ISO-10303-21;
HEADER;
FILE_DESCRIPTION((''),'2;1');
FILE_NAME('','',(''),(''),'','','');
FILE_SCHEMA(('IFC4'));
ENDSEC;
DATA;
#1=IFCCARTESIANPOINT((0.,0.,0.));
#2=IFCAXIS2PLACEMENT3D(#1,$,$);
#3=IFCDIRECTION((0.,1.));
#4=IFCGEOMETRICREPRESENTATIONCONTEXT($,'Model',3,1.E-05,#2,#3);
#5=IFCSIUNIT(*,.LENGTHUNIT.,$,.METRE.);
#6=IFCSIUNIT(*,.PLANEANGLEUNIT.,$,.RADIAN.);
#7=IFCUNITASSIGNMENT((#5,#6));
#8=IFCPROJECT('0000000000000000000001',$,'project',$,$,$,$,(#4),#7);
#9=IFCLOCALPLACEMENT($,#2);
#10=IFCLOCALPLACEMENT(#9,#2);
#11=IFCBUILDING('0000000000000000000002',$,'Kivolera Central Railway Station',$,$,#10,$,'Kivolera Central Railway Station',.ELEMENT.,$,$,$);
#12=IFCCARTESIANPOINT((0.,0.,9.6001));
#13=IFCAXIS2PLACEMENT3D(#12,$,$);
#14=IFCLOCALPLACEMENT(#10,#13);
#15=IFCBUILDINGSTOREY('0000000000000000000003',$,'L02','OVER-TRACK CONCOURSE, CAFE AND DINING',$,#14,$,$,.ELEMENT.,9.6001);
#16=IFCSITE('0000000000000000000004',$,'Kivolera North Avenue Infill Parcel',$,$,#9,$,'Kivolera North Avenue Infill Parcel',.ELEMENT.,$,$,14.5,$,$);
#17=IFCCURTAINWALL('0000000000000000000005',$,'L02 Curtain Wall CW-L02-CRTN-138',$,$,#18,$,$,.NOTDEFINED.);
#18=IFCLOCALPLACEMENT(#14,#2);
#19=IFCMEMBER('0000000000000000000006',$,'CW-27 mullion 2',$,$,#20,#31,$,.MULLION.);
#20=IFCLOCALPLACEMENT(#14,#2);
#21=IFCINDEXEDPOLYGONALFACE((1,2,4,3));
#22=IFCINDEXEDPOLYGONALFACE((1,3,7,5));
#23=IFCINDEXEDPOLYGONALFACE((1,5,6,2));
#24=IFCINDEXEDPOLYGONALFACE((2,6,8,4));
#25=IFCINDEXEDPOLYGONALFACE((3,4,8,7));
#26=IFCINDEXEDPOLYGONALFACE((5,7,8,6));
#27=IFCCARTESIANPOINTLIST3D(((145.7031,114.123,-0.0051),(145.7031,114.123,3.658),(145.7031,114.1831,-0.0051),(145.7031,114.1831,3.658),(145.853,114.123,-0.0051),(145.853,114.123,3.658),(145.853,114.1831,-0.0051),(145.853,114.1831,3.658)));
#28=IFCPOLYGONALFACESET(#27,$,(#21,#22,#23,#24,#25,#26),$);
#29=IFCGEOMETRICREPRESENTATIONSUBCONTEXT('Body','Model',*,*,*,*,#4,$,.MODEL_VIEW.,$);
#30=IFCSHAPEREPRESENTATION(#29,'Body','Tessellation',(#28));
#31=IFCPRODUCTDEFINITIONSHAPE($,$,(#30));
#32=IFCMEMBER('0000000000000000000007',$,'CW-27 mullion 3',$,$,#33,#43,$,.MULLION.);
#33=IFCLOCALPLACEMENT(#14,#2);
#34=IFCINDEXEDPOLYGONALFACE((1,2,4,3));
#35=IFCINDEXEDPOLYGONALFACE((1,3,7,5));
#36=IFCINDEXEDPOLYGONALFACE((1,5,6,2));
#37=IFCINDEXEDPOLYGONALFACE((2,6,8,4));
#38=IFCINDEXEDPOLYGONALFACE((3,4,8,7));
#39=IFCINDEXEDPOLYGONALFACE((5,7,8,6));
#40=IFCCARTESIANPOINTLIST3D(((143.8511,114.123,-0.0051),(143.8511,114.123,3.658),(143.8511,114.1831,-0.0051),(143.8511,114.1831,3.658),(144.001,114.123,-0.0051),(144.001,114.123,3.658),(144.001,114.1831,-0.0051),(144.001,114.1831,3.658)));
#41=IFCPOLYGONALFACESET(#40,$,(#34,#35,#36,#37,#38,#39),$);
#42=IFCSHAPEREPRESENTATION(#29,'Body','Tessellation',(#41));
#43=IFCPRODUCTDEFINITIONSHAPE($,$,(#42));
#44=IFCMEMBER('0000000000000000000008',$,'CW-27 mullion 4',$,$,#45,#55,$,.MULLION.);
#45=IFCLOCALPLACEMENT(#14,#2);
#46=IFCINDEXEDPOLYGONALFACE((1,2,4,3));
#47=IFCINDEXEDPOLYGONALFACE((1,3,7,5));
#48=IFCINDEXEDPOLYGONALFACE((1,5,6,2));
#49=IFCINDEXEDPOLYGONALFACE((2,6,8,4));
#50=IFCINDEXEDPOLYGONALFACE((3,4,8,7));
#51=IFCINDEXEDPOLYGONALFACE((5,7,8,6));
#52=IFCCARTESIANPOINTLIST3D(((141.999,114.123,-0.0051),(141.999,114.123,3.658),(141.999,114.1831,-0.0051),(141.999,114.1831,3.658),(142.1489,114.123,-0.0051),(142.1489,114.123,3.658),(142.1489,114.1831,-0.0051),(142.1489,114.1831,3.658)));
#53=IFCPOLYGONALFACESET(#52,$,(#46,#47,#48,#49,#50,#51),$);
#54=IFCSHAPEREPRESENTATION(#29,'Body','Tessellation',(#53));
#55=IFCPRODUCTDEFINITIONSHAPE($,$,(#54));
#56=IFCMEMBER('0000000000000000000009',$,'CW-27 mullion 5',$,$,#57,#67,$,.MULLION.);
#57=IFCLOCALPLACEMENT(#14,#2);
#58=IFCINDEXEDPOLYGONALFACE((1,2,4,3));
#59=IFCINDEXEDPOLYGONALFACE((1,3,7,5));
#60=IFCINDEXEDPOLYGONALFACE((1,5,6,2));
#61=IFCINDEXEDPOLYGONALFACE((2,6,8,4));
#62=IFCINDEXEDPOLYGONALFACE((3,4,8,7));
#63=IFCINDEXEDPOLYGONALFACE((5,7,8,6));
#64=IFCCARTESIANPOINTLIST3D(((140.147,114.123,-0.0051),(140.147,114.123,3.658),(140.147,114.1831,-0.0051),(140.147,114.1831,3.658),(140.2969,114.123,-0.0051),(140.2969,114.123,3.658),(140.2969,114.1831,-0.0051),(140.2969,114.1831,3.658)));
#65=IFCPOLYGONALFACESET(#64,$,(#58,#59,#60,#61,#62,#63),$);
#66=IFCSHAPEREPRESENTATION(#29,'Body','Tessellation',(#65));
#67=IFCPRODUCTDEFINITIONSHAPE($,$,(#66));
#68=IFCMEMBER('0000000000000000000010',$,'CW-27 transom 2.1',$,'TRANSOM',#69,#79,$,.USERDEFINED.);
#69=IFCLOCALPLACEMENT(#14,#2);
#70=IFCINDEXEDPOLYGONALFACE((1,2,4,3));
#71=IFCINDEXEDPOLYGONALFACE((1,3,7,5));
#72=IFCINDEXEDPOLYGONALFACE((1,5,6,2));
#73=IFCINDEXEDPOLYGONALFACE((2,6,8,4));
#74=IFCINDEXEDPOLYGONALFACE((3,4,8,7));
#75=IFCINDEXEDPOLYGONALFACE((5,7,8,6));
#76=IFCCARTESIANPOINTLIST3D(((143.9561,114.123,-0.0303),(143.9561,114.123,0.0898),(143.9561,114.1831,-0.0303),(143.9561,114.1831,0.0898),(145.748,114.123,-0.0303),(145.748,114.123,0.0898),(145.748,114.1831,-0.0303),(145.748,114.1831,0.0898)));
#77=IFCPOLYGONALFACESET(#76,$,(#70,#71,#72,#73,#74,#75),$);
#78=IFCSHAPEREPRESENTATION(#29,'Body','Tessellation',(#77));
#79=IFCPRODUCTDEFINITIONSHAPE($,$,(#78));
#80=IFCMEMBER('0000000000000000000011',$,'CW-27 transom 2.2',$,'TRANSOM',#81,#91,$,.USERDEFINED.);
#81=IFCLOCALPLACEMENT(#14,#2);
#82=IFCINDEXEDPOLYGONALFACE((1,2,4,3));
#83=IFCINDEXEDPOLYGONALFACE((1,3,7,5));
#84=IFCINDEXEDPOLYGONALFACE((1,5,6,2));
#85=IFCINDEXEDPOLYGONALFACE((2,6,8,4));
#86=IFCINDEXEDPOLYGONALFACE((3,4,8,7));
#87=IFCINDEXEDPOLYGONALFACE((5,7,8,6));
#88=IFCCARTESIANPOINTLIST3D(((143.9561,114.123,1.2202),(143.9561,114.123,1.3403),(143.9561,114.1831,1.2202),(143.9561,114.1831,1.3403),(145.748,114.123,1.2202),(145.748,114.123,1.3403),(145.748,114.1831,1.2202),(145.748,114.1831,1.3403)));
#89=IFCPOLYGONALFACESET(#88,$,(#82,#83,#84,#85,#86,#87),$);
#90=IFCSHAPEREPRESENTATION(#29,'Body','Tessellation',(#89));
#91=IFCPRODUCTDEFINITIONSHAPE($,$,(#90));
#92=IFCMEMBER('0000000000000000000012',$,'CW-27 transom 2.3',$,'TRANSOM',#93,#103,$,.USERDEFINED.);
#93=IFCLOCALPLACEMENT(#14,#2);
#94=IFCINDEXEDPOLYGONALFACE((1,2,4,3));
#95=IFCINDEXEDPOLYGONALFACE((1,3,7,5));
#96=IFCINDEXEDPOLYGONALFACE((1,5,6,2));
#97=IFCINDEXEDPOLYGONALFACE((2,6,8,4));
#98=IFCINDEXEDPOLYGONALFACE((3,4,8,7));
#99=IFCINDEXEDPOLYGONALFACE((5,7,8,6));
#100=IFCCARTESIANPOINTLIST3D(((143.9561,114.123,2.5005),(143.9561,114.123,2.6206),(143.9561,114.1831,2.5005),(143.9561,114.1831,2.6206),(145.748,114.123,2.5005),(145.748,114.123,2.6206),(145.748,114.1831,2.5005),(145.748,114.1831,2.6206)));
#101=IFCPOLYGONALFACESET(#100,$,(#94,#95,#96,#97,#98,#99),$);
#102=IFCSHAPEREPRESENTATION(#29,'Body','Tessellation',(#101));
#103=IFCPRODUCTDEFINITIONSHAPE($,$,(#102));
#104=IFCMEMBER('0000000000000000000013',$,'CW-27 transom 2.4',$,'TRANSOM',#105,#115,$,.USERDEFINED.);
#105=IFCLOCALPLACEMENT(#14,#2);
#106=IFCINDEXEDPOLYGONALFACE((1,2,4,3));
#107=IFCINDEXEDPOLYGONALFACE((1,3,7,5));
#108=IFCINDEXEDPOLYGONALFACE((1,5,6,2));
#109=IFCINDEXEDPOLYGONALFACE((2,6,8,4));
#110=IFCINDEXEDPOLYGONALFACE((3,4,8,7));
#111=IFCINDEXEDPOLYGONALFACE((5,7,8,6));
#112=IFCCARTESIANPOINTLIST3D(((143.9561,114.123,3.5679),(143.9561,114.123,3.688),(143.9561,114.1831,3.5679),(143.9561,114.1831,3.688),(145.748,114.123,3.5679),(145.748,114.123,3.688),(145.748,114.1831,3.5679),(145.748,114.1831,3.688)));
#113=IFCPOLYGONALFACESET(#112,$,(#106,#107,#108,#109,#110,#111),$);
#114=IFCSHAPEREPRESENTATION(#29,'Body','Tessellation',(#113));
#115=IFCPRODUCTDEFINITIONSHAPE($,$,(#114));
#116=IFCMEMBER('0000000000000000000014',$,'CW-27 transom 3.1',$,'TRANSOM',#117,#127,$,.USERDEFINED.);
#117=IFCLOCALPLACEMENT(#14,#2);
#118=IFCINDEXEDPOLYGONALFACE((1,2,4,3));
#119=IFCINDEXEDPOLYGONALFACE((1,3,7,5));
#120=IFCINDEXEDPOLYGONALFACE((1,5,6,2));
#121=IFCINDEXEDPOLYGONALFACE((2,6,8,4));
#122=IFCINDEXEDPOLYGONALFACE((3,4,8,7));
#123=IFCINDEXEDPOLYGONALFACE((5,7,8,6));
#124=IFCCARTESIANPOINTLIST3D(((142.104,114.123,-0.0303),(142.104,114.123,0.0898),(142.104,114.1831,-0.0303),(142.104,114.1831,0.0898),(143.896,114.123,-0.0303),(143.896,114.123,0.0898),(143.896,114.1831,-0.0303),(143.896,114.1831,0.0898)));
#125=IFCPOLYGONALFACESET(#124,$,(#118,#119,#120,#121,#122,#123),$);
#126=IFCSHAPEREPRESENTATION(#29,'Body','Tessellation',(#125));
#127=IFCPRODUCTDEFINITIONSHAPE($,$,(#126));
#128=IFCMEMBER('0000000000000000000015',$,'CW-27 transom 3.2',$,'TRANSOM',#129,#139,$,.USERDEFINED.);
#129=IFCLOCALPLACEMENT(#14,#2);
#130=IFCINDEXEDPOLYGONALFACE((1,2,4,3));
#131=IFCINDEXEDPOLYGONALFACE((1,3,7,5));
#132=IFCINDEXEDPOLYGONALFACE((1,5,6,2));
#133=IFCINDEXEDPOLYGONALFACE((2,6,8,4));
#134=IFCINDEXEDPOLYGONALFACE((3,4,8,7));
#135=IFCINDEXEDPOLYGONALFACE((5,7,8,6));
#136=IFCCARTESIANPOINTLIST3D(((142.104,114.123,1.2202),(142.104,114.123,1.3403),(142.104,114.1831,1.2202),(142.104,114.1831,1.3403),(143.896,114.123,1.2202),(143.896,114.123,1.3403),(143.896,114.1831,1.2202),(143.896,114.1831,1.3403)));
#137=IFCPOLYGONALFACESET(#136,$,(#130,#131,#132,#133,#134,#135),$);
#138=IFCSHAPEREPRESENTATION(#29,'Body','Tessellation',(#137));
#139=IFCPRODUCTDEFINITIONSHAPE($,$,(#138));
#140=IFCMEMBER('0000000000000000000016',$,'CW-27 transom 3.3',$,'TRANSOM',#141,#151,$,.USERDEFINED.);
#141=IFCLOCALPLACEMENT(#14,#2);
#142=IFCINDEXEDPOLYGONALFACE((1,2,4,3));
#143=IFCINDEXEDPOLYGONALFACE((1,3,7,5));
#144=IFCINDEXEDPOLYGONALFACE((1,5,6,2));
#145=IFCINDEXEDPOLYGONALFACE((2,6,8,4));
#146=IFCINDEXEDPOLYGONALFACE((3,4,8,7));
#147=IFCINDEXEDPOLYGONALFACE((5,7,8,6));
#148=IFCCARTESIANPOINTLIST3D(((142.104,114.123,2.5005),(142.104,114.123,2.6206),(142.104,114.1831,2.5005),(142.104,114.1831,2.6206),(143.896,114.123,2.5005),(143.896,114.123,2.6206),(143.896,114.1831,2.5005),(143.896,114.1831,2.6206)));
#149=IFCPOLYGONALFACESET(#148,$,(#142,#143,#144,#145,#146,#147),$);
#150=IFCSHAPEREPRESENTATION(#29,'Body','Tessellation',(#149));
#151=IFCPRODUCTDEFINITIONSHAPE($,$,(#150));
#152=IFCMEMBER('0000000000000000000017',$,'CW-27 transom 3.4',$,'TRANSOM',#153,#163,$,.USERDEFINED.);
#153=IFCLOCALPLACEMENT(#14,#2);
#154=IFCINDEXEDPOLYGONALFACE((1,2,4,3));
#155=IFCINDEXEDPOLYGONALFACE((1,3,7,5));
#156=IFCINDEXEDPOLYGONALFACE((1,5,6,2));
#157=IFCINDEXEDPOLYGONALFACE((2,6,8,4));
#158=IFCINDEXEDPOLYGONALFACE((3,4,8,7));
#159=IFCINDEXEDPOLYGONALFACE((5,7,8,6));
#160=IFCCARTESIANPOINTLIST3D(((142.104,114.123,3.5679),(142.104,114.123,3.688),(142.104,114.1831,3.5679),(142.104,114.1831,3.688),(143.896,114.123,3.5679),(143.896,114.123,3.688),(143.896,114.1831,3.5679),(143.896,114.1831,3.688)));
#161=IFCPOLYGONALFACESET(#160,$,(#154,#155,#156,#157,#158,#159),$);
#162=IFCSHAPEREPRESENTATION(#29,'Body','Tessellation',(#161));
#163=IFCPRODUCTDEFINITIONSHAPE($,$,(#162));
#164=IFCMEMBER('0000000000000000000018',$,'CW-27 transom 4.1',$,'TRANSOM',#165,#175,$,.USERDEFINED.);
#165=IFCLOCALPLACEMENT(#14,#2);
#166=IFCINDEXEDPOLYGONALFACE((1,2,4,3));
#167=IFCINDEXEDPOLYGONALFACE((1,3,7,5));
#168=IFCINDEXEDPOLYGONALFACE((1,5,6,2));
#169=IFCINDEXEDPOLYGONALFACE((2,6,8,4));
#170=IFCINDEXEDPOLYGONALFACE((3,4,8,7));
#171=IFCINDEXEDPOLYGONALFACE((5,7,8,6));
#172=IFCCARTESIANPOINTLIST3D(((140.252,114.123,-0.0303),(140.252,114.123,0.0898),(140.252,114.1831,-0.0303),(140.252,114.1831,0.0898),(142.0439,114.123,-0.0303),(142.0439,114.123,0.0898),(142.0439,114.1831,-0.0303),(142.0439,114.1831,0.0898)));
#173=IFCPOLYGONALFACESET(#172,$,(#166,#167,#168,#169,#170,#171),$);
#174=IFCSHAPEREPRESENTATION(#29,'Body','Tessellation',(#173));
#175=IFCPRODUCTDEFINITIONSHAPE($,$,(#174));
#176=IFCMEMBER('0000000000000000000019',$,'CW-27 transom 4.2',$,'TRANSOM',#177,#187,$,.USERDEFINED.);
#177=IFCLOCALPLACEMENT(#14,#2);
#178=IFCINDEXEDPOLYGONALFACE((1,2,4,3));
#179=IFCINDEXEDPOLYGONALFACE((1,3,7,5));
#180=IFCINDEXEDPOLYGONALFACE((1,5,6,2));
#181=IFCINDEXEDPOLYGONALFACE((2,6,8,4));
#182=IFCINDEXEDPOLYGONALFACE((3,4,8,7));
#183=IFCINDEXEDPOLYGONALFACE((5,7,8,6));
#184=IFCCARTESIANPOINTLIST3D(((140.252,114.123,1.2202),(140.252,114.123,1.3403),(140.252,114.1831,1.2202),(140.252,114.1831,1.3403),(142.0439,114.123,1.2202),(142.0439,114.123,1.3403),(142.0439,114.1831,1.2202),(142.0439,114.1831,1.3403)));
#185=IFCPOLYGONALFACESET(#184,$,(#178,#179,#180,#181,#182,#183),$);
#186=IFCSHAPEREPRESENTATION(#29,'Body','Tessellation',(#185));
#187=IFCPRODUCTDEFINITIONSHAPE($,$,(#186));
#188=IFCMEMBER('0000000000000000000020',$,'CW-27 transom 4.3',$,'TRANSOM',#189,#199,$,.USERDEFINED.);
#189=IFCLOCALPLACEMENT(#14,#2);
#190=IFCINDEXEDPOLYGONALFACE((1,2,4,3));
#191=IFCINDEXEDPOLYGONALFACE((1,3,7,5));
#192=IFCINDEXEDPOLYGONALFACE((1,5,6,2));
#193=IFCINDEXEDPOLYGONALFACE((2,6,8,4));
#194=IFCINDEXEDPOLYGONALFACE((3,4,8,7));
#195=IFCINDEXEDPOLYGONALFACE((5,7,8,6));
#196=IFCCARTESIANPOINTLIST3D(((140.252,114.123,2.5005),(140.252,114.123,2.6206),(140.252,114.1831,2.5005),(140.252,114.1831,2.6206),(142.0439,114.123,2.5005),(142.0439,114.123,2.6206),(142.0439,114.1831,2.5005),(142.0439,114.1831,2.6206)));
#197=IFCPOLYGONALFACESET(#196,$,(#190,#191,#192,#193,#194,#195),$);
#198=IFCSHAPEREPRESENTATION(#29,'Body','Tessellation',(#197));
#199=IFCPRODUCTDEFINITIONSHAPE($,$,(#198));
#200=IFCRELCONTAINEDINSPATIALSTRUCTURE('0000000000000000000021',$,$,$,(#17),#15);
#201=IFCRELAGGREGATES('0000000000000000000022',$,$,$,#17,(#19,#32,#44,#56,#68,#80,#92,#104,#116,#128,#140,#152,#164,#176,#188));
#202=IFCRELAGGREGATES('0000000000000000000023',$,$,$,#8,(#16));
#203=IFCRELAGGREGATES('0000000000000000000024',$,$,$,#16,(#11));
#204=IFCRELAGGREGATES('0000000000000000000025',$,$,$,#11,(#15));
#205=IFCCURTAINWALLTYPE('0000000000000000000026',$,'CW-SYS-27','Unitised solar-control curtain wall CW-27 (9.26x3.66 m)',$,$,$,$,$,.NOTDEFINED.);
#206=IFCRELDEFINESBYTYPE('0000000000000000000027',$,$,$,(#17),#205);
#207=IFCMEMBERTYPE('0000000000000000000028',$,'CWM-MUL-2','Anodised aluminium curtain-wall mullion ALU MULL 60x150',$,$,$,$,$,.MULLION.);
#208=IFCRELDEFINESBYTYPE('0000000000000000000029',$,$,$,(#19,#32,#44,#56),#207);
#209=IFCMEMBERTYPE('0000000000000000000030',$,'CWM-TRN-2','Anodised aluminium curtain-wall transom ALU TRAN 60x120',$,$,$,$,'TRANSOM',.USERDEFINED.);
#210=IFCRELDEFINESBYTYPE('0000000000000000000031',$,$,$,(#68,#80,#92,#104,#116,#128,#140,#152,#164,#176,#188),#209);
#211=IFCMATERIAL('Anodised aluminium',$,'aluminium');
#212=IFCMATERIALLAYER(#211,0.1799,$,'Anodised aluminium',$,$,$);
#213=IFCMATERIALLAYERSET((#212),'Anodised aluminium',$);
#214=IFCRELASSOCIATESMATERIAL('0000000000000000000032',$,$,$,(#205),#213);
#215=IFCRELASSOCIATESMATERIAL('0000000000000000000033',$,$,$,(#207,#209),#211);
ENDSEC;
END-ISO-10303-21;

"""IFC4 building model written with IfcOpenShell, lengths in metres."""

from ifc_helpers import new_model, si_unit, direction, frame, origin, origin_2d, place, context, subcontext, project, spatial, rectangle, extrude, material, layer, layer_set, material_profile, profile_set, type_object, element, aggregate, save


model = new_model("IFC4")

# Units and contexts
model_context = context("Model", 3, precision=1e-05, world=origin(), true_north=direction((0.0, 1.0)))
body_context = subcontext(model_context, "Body", "Model", "MODEL_VIEW")
ifc_project = project(units=[si_unit("LENGTHUNIT", "METRE"), si_unit("PLANEANGLEUNIT", "RADIAN")], contexts=[model_context])

# Site, building, storey
site_placement = place(None, origin())
site = spatial("IfcSite", under=ifc_project, at=site_placement, Name="Kivolera North Avenue Infill Parcel", LongName="Kivolera North Avenue Infill Parcel", CompositionType="ELEMENT", RefElevation=14.5)
building_placement = place(site_placement, origin())
building = spatial("IfcBuilding", under=site, at=building_placement, Name="Kivolera Central Railway Station", LongName="Kivolera Central Railway Station", CompositionType="ELEMENT")
storey_placement = place(building_placement, frame((0.0, 0.0, 9.6001)))
storey = spatial("IfcBuildingStorey", under=building, at=storey_placement, Name="L02", Description="OVER-TRACK CONCOURSE, CAFE AND DINING", CompositionType="ELEMENT", Elevation=9.6001)

# Curtain wall, members
ifc_material_1 = material(Name="Anodised aluminium", Category="aluminium")
ifc_layer_1 = layer(ifc_material_1, 0.1799, Name="Anodised aluminium")
ifc_layer_set_1 = layer_set([ifc_layer_1], Name="Anodised aluminium")
curtain_wall_type = type_object("IfcCurtainWallType", Name="CW-SYS-27", Description="Unitised solar-control curtain wall CW-27 (9.26x3.66 m)", PredefinedType="NOTDEFINED", material=ifc_layer_set_1)
curtain_wall_placement = place(storey_placement, origin())
curtain_wall = element("IfcCurtainWall", 1, at=curtain_wall_placement, inside=storey, type_object=curtain_wall_type, Name="L02 Curtain Wall CW-L02-CRTN-138", PredefinedType="NOTDEFINED")
ifc_material_profile_1 = material_profile(ifc_material_1, rectangle(XDim=0.0601, YDim=0.1499, at=origin_2d()), Name="ALU MULL 60x150")
ifc_profile_set_1 = profile_set([ifc_material_profile_1], Name="Anodised aluminium")
member_type_1 = type_object("IfcMemberType", Name="CWM-MUL-2", Description="Anodised aluminium curtain-wall mullion ALU MULL 60x150", PredefinedType="MULLION", material=ifc_profile_set_1)
member_1_placement = place(storey_placement, frame((145.7781, 114.1531, -0.0051), z_axis=(0.0, 0.0, 1.0), x_axis=(0.0, -1.0, 0.0)))
member_1 = element("IfcMember", 2, at=member_1_placement, type_object=member_type_1, Name="CW-27 mullion 2", PredefinedType="MULLION", context=body_context, shape_type="SweptSolid", body=[
    extrude(rectangle(XDim=0.0601, YDim=0.1499, at=origin_2d()), origin(), (0.0, 0.0, 1.0), 3.6631),
])
member_2_placement = place(storey_placement, frame((143.926, 114.1531, -0.0051), z_axis=(0.0, 0.0, 1.0), x_axis=(0.0, -1.0, 0.0)))
member_2 = element("IfcMember", 3, at=member_2_placement, type_object=member_type_1, Name="CW-27 mullion 3", PredefinedType="MULLION", context=body_context, shape_type="SweptSolid", body=[
    extrude(rectangle(XDim=0.0601, YDim=0.1499, at=origin_2d()), origin(), (0.0, 0.0, 1.0), 3.6631),
])
member_3_placement = place(storey_placement, frame((142.074, 114.1531, -0.0051), z_axis=(0.0, 0.0, 1.0), x_axis=(0.0, -1.0, 0.0)))
member_3 = element("IfcMember", 4, at=member_3_placement, type_object=member_type_1, Name="CW-27 mullion 4", PredefinedType="MULLION", context=body_context, shape_type="SweptSolid", body=[
    extrude(rectangle(XDim=0.0601, YDim=0.1499, at=origin_2d()), origin(), (0.0, 0.0, 1.0), 3.6631),
])
member_4_placement = place(storey_placement, frame((140.2219, 114.1531, -0.0051), z_axis=(0.0, 0.0, 1.0), x_axis=(0.0, -1.0, 0.0)))
member_4 = element("IfcMember", 5, at=member_4_placement, type_object=member_type_1, Name="CW-27 mullion 5", PredefinedType="MULLION", context=body_context, shape_type="SweptSolid", body=[
    extrude(rectangle(XDim=0.0601, YDim=0.1499, at=origin_2d()), origin(), (0.0, 0.0, 1.0), 3.6631),
])
ifc_material_profile_2 = material_profile(ifc_material_1, rectangle(XDim=0.0601, YDim=0.1201, at=origin_2d()), Name="ALU TRAN 60x120")
ifc_profile_set_2 = profile_set([ifc_material_profile_2], Name="Anodised aluminium")
member_type_2 = type_object("IfcMemberType", Name="CWM-TRN-2", Description="Anodised aluminium curtain-wall transom ALU TRAN 60x120", ElementType="TRANSOM", PredefinedType="USERDEFINED", material=ifc_profile_set_2)
member_5_placement = place(storey_placement, frame((145.748, 114.1531, 0.0298), z_axis=(-1.0, 0.0, 0.0), x_axis=(0.0, -1.0, 0.0)))
member_5 = element("IfcMember", 6, at=member_5_placement, type_object=member_type_2, Name="CW-27 transom 2.1", ObjectType="TRANSOM", PredefinedType="USERDEFINED", context=body_context, shape_type="SweptSolid", body=[
    extrude(rectangle(XDim=0.0601, YDim=0.1201, at=origin_2d()), origin(), (0.0, 0.0, 1.0), 1.792),
])
member_6_placement = place(storey_placement, frame((145.748, 114.1531, 1.2803), z_axis=(-1.0, 0.0, 0.0), x_axis=(0.0, -1.0, 0.0)))
member_6 = element("IfcMember", 7, at=member_6_placement, type_object=member_type_2, Name="CW-27 transom 2.2", ObjectType="TRANSOM", PredefinedType="USERDEFINED", context=body_context, shape_type="SweptSolid", body=[
    extrude(rectangle(XDim=0.0601, YDim=0.1201, at=origin_2d()), origin(), (0.0, 0.0, 1.0), 1.792),
])
member_7_placement = place(storey_placement, frame((145.748, 114.1531, 2.5605), z_axis=(-1.0, 0.0, 0.0), x_axis=(0.0, -1.0, 0.0)))
member_7 = element("IfcMember", 8, at=member_7_placement, type_object=member_type_2, Name="CW-27 transom 2.3", ObjectType="TRANSOM", PredefinedType="USERDEFINED", context=body_context, shape_type="SweptSolid", body=[
    extrude(rectangle(XDim=0.0601, YDim=0.1201, at=origin_2d()), origin(), (0.0, 0.0, 1.0), 1.792),
])
member_8_placement = place(storey_placement, frame((145.748, 114.1531, 3.6279), z_axis=(-1.0, 0.0, 0.0), x_axis=(0.0, -1.0, 0.0)))
member_8 = element("IfcMember", 9, at=member_8_placement, type_object=member_type_2, Name="CW-27 transom 2.4", ObjectType="TRANSOM", PredefinedType="USERDEFINED", context=body_context, shape_type="SweptSolid", body=[
    extrude(rectangle(XDim=0.0601, YDim=0.1201, at=origin_2d()), origin(), (0.0, 0.0, 1.0), 1.792),
])
member_9_placement = place(storey_placement, frame((143.896, 114.1531, 0.0298), z_axis=(-1.0, 0.0, 0.0), x_axis=(0.0, -1.0, 0.0)))
member_9 = element("IfcMember", 10, at=member_9_placement, type_object=member_type_2, Name="CW-27 transom 3.1", ObjectType="TRANSOM", PredefinedType="USERDEFINED", context=body_context, shape_type="SweptSolid", body=[
    extrude(rectangle(XDim=0.0601, YDim=0.1201, at=origin_2d()), origin(), (0.0, 0.0, 1.0), 1.792),
])
member_10_placement = place(storey_placement, frame((143.896, 114.1531, 1.2803), z_axis=(-1.0, 0.0, 0.0), x_axis=(0.0, -1.0, 0.0)))
member_10 = element("IfcMember", 11, at=member_10_placement, type_object=member_type_2, Name="CW-27 transom 3.2", ObjectType="TRANSOM", PredefinedType="USERDEFINED", context=body_context, shape_type="SweptSolid", body=[
    extrude(rectangle(XDim=0.0601, YDim=0.1201, at=origin_2d()), origin(), (0.0, 0.0, 1.0), 1.792),
])
member_11_placement = place(storey_placement, frame((143.896, 114.1531, 2.5605), z_axis=(-1.0, 0.0, 0.0), x_axis=(0.0, -1.0, 0.0)))
member_11 = element("IfcMember", 12, at=member_11_placement, type_object=member_type_2, Name="CW-27 transom 3.3", ObjectType="TRANSOM", PredefinedType="USERDEFINED", context=body_context, shape_type="SweptSolid", body=[
    extrude(rectangle(XDim=0.0601, YDim=0.1201, at=origin_2d()), origin(), (0.0, 0.0, 1.0), 1.792),
])
member_12_placement = place(storey_placement, frame((143.896, 114.1531, 3.6279), z_axis=(-1.0, 0.0, 0.0), x_axis=(0.0, -1.0, 0.0)))
member_12 = element("IfcMember", 13, at=member_12_placement, type_object=member_type_2, Name="CW-27 transom 3.4", ObjectType="TRANSOM", PredefinedType="USERDEFINED", context=body_context, shape_type="SweptSolid", body=[
    extrude(rectangle(XDim=0.0601, YDim=0.1201, at=origin_2d()), origin(), (0.0, 0.0, 1.0), 1.792),
])
member_13_placement = place(storey_placement, frame((142.0439, 114.1531, 0.0298), z_axis=(-1.0, 0.0, 0.0), x_axis=(0.0, -1.0, 0.0)))
member_13 = element("IfcMember", 14, at=member_13_placement, type_object=member_type_2, Name="CW-27 transom 4.1", ObjectType="TRANSOM", PredefinedType="USERDEFINED", context=body_context, shape_type="SweptSolid", body=[
    extrude(rectangle(XDim=0.0601, YDim=0.1201, at=origin_2d()), origin(), (0.0, 0.0, 1.0), 1.792),
])
member_14_placement = place(storey_placement, frame((142.0439, 114.1531, 1.2803), z_axis=(-1.0, 0.0, 0.0), x_axis=(0.0, -1.0, 0.0)))
member_14 = element("IfcMember", 15, at=member_14_placement, type_object=member_type_2, Name="CW-27 transom 4.2", ObjectType="TRANSOM", PredefinedType="USERDEFINED", context=body_context, shape_type="SweptSolid", body=[
    extrude(rectangle(XDim=0.0601, YDim=0.1201, at=origin_2d()), origin(), (0.0, 0.0, 1.0), 1.792),
])
member_15_placement = place(storey_placement, frame((142.0439, 114.1531, 2.5605), z_axis=(-1.0, 0.0, 0.0), x_axis=(0.0, -1.0, 0.0)))
member_15 = element("IfcMember", 16, at=member_15_placement, type_object=member_type_2, Name="CW-27 transom 4.3", ObjectType="TRANSOM", PredefinedType="USERDEFINED", context=body_context, shape_type="SweptSolid", body=[
    extrude(rectangle(XDim=0.0601, YDim=0.1201, at=origin_2d()), origin(), (0.0, 0.0, 1.0), 1.792),
])
aggregate(curtain_wall, [member_1, member_2, member_3, member_4, member_5, member_6, member_7, member_8, member_9, member_10, member_11, member_12, member_13, member_14, member_15])

save(model, "model.ifc")
